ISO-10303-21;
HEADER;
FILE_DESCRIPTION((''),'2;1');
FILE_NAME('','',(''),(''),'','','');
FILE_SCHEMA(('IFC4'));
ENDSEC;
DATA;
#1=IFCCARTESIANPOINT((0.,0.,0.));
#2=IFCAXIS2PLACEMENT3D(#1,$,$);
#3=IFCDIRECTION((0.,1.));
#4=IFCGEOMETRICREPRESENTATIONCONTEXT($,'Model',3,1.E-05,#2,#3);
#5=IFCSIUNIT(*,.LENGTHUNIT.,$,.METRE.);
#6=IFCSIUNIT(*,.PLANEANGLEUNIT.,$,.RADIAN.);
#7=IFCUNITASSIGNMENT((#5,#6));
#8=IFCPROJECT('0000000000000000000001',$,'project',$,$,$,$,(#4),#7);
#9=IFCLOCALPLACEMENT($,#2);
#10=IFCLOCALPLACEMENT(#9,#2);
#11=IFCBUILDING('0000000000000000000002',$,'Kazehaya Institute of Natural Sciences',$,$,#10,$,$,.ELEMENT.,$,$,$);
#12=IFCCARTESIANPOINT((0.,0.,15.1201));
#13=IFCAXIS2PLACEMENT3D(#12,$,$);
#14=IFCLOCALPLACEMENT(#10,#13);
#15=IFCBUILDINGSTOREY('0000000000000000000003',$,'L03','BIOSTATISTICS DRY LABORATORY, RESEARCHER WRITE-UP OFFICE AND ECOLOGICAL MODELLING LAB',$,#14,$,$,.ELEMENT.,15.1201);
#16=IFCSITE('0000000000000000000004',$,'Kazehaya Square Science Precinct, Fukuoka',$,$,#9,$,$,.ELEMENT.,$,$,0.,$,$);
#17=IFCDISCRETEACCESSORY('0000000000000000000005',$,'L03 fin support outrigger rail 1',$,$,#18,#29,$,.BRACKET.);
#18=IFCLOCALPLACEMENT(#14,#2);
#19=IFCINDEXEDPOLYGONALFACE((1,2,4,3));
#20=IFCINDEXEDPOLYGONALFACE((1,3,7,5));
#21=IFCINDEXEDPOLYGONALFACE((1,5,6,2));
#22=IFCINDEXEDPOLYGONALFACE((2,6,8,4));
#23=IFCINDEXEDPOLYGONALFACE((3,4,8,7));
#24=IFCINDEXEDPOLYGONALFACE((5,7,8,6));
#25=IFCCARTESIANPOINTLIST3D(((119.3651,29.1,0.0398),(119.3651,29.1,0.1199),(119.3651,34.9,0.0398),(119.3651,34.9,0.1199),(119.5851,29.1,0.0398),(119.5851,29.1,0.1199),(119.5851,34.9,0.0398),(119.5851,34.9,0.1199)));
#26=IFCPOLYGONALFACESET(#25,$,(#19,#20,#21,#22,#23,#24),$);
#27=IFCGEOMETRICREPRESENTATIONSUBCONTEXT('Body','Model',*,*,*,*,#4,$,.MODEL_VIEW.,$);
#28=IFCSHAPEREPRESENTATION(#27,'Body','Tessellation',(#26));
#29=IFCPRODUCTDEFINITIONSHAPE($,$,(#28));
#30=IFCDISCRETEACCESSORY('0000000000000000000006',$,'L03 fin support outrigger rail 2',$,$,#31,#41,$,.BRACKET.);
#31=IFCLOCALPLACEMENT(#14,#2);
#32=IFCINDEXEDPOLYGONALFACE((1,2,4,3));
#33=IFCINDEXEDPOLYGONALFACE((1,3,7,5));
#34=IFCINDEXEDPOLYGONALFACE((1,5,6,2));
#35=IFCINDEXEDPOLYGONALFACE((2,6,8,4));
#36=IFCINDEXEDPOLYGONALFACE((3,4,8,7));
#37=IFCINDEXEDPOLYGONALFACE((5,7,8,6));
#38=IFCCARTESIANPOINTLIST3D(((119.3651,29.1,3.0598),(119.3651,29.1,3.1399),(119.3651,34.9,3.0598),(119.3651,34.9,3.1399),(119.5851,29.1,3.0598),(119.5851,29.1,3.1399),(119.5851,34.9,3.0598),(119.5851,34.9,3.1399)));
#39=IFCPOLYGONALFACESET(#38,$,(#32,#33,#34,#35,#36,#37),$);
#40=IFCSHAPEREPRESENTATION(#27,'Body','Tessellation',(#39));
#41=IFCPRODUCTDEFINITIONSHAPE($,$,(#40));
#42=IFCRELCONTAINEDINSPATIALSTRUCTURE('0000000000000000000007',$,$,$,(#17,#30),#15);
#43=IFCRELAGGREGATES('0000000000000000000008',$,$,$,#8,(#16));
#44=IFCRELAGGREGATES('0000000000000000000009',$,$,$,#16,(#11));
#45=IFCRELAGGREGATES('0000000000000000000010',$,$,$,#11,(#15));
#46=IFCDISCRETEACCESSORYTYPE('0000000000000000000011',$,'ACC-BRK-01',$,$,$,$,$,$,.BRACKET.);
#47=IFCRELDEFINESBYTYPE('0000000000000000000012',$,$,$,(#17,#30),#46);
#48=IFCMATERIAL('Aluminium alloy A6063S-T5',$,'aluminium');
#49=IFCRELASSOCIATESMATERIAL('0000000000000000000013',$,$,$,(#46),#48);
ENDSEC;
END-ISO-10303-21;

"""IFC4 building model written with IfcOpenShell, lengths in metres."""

from ifc_helpers import new_model, si_unit, direction, frame, origin, origin_2d, place, context, subcontext, project, spatial, rectangle, extrude, material, type_object, element, save


model = new_model("IFC4")

# Units and contexts
model_context = context("Model", 3, precision=1e-05, world=origin(), true_north=direction((0.0, 1.0)))
body_context = subcontext(model_context, "Body", "Model", "MODEL_VIEW")
ifc_project = project(units=[si_unit("LENGTHUNIT", "METRE"), si_unit("PLANEANGLEUNIT", "RADIAN")], contexts=[model_context])

# Site, building, storey
site_placement = place(None, origin())
site = spatial("IfcSite", under=ifc_project, at=site_placement, Name="Kazehaya Square Science Precinct, Fukuoka", CompositionType="ELEMENT", RefElevation=0.0)
building_placement = place(site_placement, origin())
building = spatial("IfcBuilding", under=site, at=building_placement, Name="Kazehaya Institute of Natural Sciences", CompositionType="ELEMENT")
storey_placement = place(building_placement, frame((0.0, 0.0, 15.1201)))
storey = spatial("IfcBuildingStorey", under=building, at=storey_placement, Name="L03", Description="BIOSTATISTICS DRY LABORATORY, RESEARCHER WRITE-UP OFFICE AND ECOLOGICAL MODELLING LAB", CompositionType="ELEMENT", Elevation=15.1201)

# Shared definitions
ifc_material_1 = material(Name="Aluminium alloy A6063S-T5", Category="aluminium")

# Discrete accessories
discrete_accessory_type = type_object("IfcDiscreteAccessoryType", Name="ACC-BRK-01", PredefinedType="BRACKET", material=ifc_material_1)
for number, where, z_axis, x_axis, name in (
    (1, (119.4751, 32.0, 0.0398), (0.0, 0.0, 1.0), (0.0, -1.0, 0.0), "L03 fin support outrigger rail 1"),
    (2, (119.4751, 32.0, 3.0598), (0.0, 0.0, 1.0), (0.0, -1.0, 0.0), "L03 fin support outrigger rail 2"),
):
    element("IfcDiscreteAccessory", number, at=place(storey_placement, frame(where, z_axis=z_axis, x_axis=x_axis)), inside=storey, type_object=discrete_accessory_type, Name=name, PredefinedType="BRACKET", context=body_context, shape_type="SweptSolid", body=[
        extrude(rectangle(XDim=5.8, YDim=0.22, at=origin_2d()), origin(), (0.0, 0.0, 1.0), 0.0801),
    ])

save(model, "model.ifc")
